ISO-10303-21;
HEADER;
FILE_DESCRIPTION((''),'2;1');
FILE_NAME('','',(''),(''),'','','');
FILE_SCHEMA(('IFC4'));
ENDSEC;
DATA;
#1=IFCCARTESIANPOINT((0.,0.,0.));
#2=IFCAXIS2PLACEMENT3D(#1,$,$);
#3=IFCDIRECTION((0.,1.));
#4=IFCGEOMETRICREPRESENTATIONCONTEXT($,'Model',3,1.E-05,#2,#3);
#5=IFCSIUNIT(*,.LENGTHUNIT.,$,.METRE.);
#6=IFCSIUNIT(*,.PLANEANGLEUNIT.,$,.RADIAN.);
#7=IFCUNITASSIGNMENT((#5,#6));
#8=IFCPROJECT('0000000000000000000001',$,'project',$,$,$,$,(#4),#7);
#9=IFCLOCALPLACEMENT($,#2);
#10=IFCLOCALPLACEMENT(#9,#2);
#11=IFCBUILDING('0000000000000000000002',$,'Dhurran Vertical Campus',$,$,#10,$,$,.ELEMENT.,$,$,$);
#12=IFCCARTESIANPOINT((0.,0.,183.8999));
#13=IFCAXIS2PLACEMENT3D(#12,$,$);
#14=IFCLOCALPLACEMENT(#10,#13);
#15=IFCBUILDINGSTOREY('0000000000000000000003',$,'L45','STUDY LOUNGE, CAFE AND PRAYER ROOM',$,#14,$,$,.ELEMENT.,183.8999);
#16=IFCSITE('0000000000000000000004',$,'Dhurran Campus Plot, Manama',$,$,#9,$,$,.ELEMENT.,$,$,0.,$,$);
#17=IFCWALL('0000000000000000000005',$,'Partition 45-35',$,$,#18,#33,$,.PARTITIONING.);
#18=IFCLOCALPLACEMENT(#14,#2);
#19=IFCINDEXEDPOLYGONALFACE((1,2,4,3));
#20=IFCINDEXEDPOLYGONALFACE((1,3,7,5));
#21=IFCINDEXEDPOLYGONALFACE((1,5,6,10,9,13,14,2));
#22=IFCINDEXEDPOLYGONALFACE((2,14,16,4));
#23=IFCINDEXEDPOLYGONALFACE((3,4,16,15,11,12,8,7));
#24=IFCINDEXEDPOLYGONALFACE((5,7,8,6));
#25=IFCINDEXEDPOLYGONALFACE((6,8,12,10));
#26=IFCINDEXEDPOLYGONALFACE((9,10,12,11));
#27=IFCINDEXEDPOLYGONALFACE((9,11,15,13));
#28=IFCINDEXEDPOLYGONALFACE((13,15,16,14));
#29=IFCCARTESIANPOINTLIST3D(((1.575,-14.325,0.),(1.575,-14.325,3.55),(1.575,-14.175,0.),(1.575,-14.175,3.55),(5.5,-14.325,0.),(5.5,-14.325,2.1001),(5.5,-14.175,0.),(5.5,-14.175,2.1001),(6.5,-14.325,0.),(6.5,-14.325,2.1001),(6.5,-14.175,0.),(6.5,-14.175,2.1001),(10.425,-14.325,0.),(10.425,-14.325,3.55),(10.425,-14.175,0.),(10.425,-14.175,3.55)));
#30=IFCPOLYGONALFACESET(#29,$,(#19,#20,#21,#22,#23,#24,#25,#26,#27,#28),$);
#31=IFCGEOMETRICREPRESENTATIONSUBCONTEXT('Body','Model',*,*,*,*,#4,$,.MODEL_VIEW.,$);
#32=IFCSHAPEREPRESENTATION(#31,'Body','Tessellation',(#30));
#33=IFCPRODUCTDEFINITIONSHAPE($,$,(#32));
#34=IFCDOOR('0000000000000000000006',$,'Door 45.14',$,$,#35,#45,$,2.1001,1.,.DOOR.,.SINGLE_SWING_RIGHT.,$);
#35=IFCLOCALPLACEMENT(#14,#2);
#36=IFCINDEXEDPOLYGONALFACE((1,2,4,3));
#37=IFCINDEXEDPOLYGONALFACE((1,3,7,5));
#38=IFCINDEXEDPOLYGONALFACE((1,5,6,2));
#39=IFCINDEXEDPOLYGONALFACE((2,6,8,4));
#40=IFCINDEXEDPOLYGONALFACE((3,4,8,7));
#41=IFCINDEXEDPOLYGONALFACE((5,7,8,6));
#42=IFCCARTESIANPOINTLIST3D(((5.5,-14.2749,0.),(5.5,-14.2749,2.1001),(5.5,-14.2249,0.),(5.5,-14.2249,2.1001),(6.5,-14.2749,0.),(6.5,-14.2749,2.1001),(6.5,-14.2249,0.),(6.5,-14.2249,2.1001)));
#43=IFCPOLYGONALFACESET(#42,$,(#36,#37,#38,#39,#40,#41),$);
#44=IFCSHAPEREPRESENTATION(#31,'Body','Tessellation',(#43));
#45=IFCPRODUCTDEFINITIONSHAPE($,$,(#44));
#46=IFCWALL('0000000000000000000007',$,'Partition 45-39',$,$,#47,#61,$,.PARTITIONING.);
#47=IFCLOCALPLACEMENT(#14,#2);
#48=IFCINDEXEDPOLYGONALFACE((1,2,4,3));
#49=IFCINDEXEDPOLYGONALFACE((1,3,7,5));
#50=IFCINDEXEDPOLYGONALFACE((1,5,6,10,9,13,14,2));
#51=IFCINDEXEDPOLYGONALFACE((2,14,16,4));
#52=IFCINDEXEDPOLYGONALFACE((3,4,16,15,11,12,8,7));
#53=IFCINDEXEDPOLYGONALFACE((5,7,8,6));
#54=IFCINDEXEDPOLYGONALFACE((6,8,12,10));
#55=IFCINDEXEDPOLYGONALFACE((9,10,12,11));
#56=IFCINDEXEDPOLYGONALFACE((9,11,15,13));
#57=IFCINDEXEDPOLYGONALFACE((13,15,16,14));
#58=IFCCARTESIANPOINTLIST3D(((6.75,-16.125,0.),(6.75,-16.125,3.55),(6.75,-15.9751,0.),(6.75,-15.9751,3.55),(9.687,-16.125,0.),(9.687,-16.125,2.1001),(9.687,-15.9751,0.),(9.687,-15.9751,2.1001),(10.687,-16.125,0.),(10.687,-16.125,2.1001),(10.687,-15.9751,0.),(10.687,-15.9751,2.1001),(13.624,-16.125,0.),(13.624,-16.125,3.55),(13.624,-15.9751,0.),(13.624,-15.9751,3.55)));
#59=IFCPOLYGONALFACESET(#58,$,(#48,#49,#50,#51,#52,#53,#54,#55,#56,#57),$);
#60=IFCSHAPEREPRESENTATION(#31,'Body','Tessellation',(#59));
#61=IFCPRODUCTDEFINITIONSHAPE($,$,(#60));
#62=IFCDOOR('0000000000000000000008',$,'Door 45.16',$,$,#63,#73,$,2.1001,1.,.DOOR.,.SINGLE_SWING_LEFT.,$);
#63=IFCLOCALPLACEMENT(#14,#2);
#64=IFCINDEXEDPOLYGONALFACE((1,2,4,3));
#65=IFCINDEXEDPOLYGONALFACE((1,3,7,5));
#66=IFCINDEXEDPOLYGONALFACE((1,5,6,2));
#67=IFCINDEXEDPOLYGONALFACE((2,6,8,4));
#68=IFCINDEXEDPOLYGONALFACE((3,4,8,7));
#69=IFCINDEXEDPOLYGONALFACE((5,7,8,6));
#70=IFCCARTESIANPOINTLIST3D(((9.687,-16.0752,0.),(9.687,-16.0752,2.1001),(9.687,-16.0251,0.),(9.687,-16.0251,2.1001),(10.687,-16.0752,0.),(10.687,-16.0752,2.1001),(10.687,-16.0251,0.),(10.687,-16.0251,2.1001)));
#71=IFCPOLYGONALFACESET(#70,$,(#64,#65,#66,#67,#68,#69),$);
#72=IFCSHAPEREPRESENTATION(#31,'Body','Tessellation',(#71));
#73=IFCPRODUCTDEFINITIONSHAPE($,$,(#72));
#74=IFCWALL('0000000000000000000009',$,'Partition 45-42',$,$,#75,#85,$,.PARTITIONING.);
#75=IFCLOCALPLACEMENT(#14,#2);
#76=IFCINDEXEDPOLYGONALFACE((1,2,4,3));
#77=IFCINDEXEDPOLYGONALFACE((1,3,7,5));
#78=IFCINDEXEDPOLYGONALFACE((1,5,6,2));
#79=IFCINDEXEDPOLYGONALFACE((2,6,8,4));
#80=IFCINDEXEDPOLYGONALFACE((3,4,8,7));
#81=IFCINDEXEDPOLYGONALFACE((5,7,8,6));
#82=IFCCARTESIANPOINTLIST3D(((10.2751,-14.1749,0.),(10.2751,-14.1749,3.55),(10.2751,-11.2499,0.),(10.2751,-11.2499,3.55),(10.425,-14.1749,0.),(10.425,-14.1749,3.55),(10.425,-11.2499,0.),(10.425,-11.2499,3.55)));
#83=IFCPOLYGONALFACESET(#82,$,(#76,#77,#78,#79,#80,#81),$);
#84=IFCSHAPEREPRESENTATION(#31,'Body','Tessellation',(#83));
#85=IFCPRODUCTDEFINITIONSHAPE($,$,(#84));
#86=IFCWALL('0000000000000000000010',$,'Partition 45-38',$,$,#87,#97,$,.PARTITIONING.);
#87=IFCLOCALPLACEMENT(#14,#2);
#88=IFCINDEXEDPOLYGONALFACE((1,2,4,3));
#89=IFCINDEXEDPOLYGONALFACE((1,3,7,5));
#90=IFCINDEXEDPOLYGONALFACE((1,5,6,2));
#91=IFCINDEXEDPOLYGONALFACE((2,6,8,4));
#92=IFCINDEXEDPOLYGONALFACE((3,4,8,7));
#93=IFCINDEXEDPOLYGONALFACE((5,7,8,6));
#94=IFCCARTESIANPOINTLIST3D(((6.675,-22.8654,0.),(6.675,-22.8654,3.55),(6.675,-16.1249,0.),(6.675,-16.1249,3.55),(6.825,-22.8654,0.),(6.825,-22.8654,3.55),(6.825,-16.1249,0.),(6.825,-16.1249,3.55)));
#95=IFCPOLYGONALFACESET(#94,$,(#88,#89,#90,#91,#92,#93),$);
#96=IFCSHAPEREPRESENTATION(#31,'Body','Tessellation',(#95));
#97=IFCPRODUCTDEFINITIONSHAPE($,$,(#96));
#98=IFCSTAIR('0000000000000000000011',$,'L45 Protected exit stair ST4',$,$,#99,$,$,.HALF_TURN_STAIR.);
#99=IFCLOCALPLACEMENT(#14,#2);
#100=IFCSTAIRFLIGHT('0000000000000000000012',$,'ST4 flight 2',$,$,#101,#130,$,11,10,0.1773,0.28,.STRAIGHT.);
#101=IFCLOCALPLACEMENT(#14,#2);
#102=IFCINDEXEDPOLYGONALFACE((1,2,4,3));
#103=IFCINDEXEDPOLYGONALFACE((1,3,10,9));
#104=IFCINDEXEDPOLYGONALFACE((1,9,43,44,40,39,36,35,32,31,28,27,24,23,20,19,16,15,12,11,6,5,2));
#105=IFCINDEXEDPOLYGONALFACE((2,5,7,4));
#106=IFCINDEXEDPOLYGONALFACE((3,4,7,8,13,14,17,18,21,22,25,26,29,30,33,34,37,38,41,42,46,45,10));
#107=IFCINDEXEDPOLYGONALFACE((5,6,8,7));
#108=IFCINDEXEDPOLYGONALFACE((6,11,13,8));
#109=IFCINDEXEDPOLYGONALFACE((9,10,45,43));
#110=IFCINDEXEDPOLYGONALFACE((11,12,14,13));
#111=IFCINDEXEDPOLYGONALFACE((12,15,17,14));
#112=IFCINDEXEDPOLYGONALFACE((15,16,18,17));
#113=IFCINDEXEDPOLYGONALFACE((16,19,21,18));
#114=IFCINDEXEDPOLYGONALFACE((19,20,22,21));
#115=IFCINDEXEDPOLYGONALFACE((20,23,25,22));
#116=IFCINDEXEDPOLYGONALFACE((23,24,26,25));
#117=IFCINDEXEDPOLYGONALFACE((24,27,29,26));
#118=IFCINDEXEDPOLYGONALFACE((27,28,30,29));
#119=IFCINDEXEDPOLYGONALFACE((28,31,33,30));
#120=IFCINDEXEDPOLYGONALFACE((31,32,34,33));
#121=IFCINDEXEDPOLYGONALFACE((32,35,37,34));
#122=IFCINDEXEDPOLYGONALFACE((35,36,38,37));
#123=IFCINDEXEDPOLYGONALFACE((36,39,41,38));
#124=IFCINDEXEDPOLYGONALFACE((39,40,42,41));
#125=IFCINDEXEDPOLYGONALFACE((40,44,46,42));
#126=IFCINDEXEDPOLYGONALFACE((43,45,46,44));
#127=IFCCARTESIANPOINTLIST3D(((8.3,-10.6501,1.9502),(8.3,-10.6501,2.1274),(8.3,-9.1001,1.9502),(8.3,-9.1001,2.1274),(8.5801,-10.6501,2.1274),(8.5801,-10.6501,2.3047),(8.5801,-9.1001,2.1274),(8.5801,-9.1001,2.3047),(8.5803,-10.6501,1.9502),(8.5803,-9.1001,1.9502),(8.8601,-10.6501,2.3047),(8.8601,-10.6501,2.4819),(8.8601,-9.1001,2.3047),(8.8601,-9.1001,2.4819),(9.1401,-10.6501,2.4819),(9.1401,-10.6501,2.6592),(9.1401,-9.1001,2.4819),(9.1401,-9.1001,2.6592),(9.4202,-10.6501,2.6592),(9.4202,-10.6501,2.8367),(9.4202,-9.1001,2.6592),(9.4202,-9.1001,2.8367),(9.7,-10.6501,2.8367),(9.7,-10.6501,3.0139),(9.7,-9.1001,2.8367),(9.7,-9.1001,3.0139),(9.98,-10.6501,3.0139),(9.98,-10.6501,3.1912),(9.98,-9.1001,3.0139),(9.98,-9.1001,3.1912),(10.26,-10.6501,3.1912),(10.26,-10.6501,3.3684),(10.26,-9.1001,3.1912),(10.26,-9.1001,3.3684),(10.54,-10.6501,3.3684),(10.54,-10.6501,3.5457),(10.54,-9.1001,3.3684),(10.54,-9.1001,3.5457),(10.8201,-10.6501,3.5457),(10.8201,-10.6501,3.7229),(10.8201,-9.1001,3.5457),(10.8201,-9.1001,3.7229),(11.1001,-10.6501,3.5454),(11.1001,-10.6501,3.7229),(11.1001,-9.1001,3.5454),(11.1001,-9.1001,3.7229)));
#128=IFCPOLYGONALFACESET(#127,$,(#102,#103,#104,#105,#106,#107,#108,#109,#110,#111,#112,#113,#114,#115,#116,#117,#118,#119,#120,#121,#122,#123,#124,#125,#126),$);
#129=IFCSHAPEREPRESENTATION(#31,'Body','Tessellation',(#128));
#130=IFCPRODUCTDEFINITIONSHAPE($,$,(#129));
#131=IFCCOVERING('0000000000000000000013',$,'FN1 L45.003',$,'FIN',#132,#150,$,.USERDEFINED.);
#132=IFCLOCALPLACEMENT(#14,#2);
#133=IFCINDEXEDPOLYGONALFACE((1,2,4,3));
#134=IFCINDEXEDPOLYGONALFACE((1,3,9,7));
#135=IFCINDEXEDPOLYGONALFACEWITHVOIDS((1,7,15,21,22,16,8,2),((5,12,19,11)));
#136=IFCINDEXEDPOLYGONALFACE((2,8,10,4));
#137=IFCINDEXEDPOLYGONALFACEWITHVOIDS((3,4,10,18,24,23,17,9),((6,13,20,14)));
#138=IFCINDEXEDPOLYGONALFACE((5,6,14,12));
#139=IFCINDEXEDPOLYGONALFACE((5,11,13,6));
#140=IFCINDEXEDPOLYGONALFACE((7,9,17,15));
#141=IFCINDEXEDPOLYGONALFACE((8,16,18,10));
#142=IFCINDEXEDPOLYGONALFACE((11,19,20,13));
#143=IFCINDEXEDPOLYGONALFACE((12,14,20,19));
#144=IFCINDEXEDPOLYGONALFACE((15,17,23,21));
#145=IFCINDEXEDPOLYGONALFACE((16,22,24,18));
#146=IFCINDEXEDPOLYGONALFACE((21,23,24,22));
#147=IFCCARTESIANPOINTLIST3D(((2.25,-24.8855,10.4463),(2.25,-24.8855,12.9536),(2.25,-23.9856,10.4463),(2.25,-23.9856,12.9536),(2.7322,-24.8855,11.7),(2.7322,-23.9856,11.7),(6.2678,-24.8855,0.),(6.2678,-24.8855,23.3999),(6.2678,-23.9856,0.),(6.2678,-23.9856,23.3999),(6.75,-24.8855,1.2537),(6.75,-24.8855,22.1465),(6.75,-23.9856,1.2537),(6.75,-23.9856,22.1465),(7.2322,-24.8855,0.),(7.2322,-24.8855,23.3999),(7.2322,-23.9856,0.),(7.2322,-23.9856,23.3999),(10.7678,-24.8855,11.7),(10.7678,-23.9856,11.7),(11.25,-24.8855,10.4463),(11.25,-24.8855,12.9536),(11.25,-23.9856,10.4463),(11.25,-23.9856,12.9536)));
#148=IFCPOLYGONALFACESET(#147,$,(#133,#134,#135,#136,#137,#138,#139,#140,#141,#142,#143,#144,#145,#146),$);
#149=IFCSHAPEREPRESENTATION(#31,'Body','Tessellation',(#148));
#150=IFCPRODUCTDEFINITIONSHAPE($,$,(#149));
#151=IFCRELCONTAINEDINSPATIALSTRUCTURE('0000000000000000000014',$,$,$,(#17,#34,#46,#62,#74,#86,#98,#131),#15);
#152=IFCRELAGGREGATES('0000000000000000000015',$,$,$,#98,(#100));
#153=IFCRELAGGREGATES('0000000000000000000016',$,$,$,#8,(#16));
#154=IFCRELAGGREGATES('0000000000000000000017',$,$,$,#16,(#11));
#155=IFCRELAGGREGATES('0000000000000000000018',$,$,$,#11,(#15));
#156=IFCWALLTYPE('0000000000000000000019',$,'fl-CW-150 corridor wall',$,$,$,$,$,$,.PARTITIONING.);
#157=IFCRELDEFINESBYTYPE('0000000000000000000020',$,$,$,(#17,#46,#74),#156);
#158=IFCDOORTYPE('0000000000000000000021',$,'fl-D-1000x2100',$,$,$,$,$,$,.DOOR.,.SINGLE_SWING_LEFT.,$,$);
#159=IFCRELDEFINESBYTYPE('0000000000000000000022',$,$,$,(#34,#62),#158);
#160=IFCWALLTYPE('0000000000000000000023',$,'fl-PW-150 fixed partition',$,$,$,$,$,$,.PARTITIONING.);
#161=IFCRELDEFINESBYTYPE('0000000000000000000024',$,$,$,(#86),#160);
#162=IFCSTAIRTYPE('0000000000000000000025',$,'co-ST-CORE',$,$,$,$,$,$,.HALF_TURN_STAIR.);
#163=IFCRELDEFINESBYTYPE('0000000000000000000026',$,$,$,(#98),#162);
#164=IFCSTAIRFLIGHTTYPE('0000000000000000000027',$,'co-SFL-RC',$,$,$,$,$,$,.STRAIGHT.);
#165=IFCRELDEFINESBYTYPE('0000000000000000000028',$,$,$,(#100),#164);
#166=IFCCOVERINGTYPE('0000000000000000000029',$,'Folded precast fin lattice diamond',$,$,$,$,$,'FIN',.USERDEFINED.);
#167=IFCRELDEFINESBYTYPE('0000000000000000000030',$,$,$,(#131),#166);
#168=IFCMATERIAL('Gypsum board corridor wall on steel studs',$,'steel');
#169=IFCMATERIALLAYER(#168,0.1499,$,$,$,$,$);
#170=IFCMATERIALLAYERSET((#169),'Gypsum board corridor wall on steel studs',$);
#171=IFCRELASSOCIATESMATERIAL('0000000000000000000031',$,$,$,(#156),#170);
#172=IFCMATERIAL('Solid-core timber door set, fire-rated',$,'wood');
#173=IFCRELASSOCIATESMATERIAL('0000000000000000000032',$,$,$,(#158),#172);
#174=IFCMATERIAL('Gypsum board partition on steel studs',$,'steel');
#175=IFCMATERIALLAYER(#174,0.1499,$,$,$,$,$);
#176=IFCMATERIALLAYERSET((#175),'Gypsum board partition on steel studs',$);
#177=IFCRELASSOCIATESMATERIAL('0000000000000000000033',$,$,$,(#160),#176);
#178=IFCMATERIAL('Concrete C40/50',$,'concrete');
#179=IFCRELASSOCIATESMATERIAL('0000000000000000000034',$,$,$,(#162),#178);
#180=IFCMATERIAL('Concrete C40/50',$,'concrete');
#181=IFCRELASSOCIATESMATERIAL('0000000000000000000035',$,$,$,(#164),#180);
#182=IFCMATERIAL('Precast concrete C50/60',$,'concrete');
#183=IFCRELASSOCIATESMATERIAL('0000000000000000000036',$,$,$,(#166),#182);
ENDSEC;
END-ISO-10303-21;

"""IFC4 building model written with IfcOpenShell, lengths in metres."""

from ifc_helpers import new_model, si_unit, direction, frame, frame_2d, origin, place, context, subcontext, project, spatial, polyline, rectangle, outline, extrude, material, layer, layer_set, type_object, element, fill, aggregate, save


model = new_model("IFC4")

# Units and contexts
model_context = context("Model", 3, precision=1e-05, world=origin(), true_north=direction((0.0, 1.0)))
body_context = subcontext(model_context, "Body", "Model", "MODEL_VIEW")
ifc_project = project(units=[si_unit("LENGTHUNIT", "METRE"), si_unit("PLANEANGLEUNIT", "RADIAN")], contexts=[model_context])

# Site, building, storey
site_placement = place(None, origin())
site = spatial("IfcSite", under=ifc_project, at=site_placement, Name="Dhurran Campus Plot, Manama", CompositionType="ELEMENT", RefElevation=0.0)
building_placement = place(site_placement, origin())
building = spatial("IfcBuilding", under=site, at=building_placement, Name="Dhurran Vertical Campus", CompositionType="ELEMENT")
storey_placement = place(building_placement, frame((0.0, 0.0, 183.8999)))
storey = spatial("IfcBuildingStorey", under=building, at=storey_placement, Name="L45", Description="STUDY LOUNGE, CAFE AND PRAYER ROOM", CompositionType="ELEMENT", Elevation=183.8999)

# Shared definitions
ifc_material_1 = material(Name="Gypsum board corridor wall on steel studs", Category="steel")
ifc_layer_1 = layer(ifc_material_1, 0.1499)
ifc_layer_set_1 = layer_set([ifc_layer_1], Name="Gypsum board corridor wall on steel studs")
wall_type_1 = type_object("IfcWallType", Name="fl-CW-150 corridor wall", PredefinedType="PARTITIONING", material=ifc_layer_set_1)

# Walls, openings, doors
wall_1_placement = place(storey_placement, frame((10.425, -14.25, 0.0), z_axis=(0.0, 0.0, 1.0), x_axis=(-1.0, 0.0, 0.0)))
wall_1 = element("IfcWall", 1, at=wall_1_placement, inside=storey, type_object=wall_type_1, Name="Partition 45-35", PredefinedType="PARTITIONING", context=body_context, shape_type="SweptSolid", body=[
    extrude(rectangle(XDim=8.8501, YDim=0.1499, at=frame_2d((4.425, 0.0))), origin(), (0.0, 0.0, 1.0), 3.55),
])
opening_1_placement = place(wall_1_placement, frame((3.925, 0.0, 0.0)))
opening_1 = element("IfcOpeningElement", 2, at=opening_1_placement, cuts=wall_1, PredefinedType="OPENING", context=body_context, shape_type="SweptSolid", body=[
    extrude(rectangle(XDim=1.0, YDim=2.1001, at=frame_2d((0.5, 1.05))), frame((0.0, 0.085, 0.0), z_axis=(0.0, -1.0, 0.0), x_axis=(1.0, 0.0, 0.0)), (0.0, 0.0, 1.0), 0.1699),
])
ifc_material_2 = material(Name="Solid-core timber door set, fire-rated", Category="wood")
door_type_1 = type_object("IfcDoorType", Name="fl-D-1000x2100", OperationType="SINGLE_SWING_LEFT", PredefinedType="DOOR", material=ifc_material_2)
door_1_placement = place(opening_1_placement, origin())
door_1 = element("IfcDoor", 3, at=door_1_placement, inside=storey, type_object=door_type_1, Name="Door 45.14", OperationType="SINGLE_SWING_RIGHT", OverallHeight=2.1001, OverallWidth=1.0, PredefinedType="DOOR", context=body_context, shape_type="SweptSolid", body=[
    extrude(rectangle(XDim=1.0, YDim=2.1001, at=frame_2d((0.5, 1.05))), frame((0.0, 0.0249, 0.0), z_axis=(0.0, -1.0, 0.0), x_axis=(1.0, 0.0, 0.0)), (0.0, 0.0, 1.0), 0.05),
])
fill(opening_1, door_1)
wall_2_placement = place(storey_placement, frame((6.75, -16.05, 0.0), z_axis=(0.0, 0.0, 1.0), x_axis=(1.0, 0.0, 0.0)))
wall_2 = element("IfcWall", 4, at=wall_2_placement, inside=storey, type_object=wall_type_1, Name="Partition 45-39", PredefinedType="PARTITIONING", context=body_context, shape_type="SweptSolid", body=[
    extrude(rectangle(XDim=6.874, YDim=0.1499, at=frame_2d((3.437, 0.0))), origin(), (0.0, 0.0, 1.0), 3.55),
])
opening_2_placement = place(wall_2_placement, frame((2.937, 0.0, 0.0)))
opening_2 = element("IfcOpeningElement", 5, at=opening_2_placement, cuts=wall_2, PredefinedType="OPENING", context=body_context, shape_type="SweptSolid", body=[
    extrude(rectangle(XDim=1.0, YDim=2.1001, at=frame_2d((0.5, 1.05))), frame((0.0, 0.085, 0.0), z_axis=(0.0, -1.0, 0.0), x_axis=(1.0, 0.0, 0.0)), (0.0, 0.0, 1.0), 0.1699),
])
door_2_placement = place(opening_2_placement, origin())
door_2 = element("IfcDoor", 6, at=door_2_placement, inside=storey, type_object=door_type_1, Name="Door 45.16", OperationType="SINGLE_SWING_LEFT", OverallHeight=2.1001, OverallWidth=1.0, PredefinedType="DOOR", context=body_context, shape_type="SweptSolid", body=[
    extrude(rectangle(XDim=1.0, YDim=2.1001, at=frame_2d((0.5, 1.05))), frame((0.0, 0.0249, 0.0), z_axis=(0.0, -1.0, 0.0), x_axis=(1.0, 0.0, 0.0)), (0.0, 0.0, 1.0), 0.05),
])
fill(opening_2, door_2)

# Walls
wall_3_placement = place(storey_placement, frame((10.3501, -11.25, 0.0), z_axis=(0.0, 0.0, 1.0), x_axis=(0.0, -1.0, 0.0)))
element("IfcWall", 7, at=wall_3_placement, inside=storey, type_object=wall_type_1, Name="Partition 45-42", PredefinedType="PARTITIONING", context=body_context, shape_type="SweptSolid", body=[
    extrude(rectangle(XDim=2.925, YDim=0.1499, at=frame_2d((1.4624, 0.0))), origin(), (0.0, 0.0, 1.0), 3.55),
])
ifc_material_3 = material(Name="Gypsum board partition on steel studs", Category="steel")
ifc_layer_2 = layer(ifc_material_3, 0.1499)
ifc_layer_set_2 = layer_set([ifc_layer_2], Name="Gypsum board partition on steel studs")
wall_type_2 = type_object("IfcWallType", Name="fl-PW-150 fixed partition", PredefinedType="PARTITIONING", material=ifc_layer_set_2)
wall_4_placement = place(storey_placement, frame((6.75, -16.125, 0.0), z_axis=(0.0, 0.0, 1.0), x_axis=(0.0, -1.0, 0.0)))
element("IfcWall", 8, at=wall_4_placement, inside=storey, type_object=wall_type_2, Name="Partition 45-38", PredefinedType="PARTITIONING", context=body_context, shape_type="SweptSolid", body=[
    extrude(rectangle(XDim=6.7405, YDim=0.1499, at=frame_2d((3.3701, 0.0))), origin(), (0.0, 0.0, 1.0), 3.55),
])

# Stair, stair flight
ifc_material_4 = material(Name="Concrete C40/50", Category="concrete")
stair_type = type_object("IfcStairType", Name="co-ST-CORE", PredefinedType="HALF_TURN_STAIR", material=ifc_material_4)
stair_placement = place(storey_placement, origin())
stair = element("IfcStair", 9, at=stair_placement, inside=storey, type_object=stair_type, Name="L45 Protected exit stair ST4", PredefinedType="HALF_TURN_STAIR")
ifc_material_5 = material(Name="Concrete C40/50", Category="concrete")
stair_flight_type = type_object("IfcStairFlightType", Name="co-SFL-RC", PredefinedType="STRAIGHT", material=ifc_material_5)
stair_flight_placement = place(storey_placement, frame((8.3, -9.875, 1.9502), z_axis=(0.0, 0.0, 1.0), x_axis=(1.0, 0.0, 0.0)))
stair_flight = element("IfcStairFlight", 10, at=stair_flight_placement, type_object=stair_flight_type, Name="ST4 flight 2", NumberOfRisers=11, NumberOfTreads=10, PredefinedType="STRAIGHT", RiserHeight=0.1773, TreadLength=0.28, context=body_context, shape_type="SweptSolid", body=[
    extrude(outline(polyline([(0.0, 0.0), (0.0, 0.1772), (0.28, 0.1772), (0.28, 0.3545), (0.5601, 0.3545), (0.5601, 0.5317), (0.8401, 0.5317), (0.8401, 0.709), (1.1201, 0.709), (1.1201, 0.8865), (1.3999, 0.8865), (1.3999, 1.0637), (1.6799, 1.0637), (1.6799, 1.241), (1.96, 1.241), (1.96, 1.4182), (2.24, 1.4182), (2.24, 1.5955), (2.52, 1.5955), (2.52, 1.7727), (2.8, 1.7727), (2.8, 1.95), (2.8, 1.5952), (0.2803, 0.0), (0.0, 0.0)])), frame((0.0, 0.7749, 0.0), z_axis=(0.0, -1.0, 0.0), x_axis=(1.0, 0.0, 0.0)), (0.0, 0.0, 1.0), 1.55),
])
aggregate(stair, [stair_flight])

# Covering
ifc_material_6 = material(Name="Precast concrete C50/60", Category="concrete")
covering_type = type_object("IfcCoveringType", Name="Folded precast fin lattice diamond", ElementType="FIN", PredefinedType="USERDEFINED", material=ifc_material_6)
covering_placement = place(storey_placement, frame((2.25, -23.9856, 0.0), z_axis=(0.0, -1.0, 0.0), x_axis=(1.0, 0.0, 0.0)))
element("IfcCovering", 11, at=covering_placement, inside=storey, type_object=covering_type, Name="FN1 L45.003", ObjectType="FIN", PredefinedType="USERDEFINED", context=body_context, shape_type="SweptSolid", body=[
    extrude(outline(polyline([(9.0, 12.9536), (9.0, 10.4463), (4.9822, 0.0), (4.0178, 0.0), (0.0, 10.4463), (0.0, 12.9536), (4.0178, 23.3999), (4.9822, 23.3999), (9.0, 12.9536)]), holes=[polyline([(8.5178, 11.7), (4.5, 22.1465), (0.4822, 11.7), (4.5, 1.2537), (8.5178, 11.7)])]), origin(), (0.0, 0.0, 1.0), 0.8999),
])

save(model, "model.ifc")
